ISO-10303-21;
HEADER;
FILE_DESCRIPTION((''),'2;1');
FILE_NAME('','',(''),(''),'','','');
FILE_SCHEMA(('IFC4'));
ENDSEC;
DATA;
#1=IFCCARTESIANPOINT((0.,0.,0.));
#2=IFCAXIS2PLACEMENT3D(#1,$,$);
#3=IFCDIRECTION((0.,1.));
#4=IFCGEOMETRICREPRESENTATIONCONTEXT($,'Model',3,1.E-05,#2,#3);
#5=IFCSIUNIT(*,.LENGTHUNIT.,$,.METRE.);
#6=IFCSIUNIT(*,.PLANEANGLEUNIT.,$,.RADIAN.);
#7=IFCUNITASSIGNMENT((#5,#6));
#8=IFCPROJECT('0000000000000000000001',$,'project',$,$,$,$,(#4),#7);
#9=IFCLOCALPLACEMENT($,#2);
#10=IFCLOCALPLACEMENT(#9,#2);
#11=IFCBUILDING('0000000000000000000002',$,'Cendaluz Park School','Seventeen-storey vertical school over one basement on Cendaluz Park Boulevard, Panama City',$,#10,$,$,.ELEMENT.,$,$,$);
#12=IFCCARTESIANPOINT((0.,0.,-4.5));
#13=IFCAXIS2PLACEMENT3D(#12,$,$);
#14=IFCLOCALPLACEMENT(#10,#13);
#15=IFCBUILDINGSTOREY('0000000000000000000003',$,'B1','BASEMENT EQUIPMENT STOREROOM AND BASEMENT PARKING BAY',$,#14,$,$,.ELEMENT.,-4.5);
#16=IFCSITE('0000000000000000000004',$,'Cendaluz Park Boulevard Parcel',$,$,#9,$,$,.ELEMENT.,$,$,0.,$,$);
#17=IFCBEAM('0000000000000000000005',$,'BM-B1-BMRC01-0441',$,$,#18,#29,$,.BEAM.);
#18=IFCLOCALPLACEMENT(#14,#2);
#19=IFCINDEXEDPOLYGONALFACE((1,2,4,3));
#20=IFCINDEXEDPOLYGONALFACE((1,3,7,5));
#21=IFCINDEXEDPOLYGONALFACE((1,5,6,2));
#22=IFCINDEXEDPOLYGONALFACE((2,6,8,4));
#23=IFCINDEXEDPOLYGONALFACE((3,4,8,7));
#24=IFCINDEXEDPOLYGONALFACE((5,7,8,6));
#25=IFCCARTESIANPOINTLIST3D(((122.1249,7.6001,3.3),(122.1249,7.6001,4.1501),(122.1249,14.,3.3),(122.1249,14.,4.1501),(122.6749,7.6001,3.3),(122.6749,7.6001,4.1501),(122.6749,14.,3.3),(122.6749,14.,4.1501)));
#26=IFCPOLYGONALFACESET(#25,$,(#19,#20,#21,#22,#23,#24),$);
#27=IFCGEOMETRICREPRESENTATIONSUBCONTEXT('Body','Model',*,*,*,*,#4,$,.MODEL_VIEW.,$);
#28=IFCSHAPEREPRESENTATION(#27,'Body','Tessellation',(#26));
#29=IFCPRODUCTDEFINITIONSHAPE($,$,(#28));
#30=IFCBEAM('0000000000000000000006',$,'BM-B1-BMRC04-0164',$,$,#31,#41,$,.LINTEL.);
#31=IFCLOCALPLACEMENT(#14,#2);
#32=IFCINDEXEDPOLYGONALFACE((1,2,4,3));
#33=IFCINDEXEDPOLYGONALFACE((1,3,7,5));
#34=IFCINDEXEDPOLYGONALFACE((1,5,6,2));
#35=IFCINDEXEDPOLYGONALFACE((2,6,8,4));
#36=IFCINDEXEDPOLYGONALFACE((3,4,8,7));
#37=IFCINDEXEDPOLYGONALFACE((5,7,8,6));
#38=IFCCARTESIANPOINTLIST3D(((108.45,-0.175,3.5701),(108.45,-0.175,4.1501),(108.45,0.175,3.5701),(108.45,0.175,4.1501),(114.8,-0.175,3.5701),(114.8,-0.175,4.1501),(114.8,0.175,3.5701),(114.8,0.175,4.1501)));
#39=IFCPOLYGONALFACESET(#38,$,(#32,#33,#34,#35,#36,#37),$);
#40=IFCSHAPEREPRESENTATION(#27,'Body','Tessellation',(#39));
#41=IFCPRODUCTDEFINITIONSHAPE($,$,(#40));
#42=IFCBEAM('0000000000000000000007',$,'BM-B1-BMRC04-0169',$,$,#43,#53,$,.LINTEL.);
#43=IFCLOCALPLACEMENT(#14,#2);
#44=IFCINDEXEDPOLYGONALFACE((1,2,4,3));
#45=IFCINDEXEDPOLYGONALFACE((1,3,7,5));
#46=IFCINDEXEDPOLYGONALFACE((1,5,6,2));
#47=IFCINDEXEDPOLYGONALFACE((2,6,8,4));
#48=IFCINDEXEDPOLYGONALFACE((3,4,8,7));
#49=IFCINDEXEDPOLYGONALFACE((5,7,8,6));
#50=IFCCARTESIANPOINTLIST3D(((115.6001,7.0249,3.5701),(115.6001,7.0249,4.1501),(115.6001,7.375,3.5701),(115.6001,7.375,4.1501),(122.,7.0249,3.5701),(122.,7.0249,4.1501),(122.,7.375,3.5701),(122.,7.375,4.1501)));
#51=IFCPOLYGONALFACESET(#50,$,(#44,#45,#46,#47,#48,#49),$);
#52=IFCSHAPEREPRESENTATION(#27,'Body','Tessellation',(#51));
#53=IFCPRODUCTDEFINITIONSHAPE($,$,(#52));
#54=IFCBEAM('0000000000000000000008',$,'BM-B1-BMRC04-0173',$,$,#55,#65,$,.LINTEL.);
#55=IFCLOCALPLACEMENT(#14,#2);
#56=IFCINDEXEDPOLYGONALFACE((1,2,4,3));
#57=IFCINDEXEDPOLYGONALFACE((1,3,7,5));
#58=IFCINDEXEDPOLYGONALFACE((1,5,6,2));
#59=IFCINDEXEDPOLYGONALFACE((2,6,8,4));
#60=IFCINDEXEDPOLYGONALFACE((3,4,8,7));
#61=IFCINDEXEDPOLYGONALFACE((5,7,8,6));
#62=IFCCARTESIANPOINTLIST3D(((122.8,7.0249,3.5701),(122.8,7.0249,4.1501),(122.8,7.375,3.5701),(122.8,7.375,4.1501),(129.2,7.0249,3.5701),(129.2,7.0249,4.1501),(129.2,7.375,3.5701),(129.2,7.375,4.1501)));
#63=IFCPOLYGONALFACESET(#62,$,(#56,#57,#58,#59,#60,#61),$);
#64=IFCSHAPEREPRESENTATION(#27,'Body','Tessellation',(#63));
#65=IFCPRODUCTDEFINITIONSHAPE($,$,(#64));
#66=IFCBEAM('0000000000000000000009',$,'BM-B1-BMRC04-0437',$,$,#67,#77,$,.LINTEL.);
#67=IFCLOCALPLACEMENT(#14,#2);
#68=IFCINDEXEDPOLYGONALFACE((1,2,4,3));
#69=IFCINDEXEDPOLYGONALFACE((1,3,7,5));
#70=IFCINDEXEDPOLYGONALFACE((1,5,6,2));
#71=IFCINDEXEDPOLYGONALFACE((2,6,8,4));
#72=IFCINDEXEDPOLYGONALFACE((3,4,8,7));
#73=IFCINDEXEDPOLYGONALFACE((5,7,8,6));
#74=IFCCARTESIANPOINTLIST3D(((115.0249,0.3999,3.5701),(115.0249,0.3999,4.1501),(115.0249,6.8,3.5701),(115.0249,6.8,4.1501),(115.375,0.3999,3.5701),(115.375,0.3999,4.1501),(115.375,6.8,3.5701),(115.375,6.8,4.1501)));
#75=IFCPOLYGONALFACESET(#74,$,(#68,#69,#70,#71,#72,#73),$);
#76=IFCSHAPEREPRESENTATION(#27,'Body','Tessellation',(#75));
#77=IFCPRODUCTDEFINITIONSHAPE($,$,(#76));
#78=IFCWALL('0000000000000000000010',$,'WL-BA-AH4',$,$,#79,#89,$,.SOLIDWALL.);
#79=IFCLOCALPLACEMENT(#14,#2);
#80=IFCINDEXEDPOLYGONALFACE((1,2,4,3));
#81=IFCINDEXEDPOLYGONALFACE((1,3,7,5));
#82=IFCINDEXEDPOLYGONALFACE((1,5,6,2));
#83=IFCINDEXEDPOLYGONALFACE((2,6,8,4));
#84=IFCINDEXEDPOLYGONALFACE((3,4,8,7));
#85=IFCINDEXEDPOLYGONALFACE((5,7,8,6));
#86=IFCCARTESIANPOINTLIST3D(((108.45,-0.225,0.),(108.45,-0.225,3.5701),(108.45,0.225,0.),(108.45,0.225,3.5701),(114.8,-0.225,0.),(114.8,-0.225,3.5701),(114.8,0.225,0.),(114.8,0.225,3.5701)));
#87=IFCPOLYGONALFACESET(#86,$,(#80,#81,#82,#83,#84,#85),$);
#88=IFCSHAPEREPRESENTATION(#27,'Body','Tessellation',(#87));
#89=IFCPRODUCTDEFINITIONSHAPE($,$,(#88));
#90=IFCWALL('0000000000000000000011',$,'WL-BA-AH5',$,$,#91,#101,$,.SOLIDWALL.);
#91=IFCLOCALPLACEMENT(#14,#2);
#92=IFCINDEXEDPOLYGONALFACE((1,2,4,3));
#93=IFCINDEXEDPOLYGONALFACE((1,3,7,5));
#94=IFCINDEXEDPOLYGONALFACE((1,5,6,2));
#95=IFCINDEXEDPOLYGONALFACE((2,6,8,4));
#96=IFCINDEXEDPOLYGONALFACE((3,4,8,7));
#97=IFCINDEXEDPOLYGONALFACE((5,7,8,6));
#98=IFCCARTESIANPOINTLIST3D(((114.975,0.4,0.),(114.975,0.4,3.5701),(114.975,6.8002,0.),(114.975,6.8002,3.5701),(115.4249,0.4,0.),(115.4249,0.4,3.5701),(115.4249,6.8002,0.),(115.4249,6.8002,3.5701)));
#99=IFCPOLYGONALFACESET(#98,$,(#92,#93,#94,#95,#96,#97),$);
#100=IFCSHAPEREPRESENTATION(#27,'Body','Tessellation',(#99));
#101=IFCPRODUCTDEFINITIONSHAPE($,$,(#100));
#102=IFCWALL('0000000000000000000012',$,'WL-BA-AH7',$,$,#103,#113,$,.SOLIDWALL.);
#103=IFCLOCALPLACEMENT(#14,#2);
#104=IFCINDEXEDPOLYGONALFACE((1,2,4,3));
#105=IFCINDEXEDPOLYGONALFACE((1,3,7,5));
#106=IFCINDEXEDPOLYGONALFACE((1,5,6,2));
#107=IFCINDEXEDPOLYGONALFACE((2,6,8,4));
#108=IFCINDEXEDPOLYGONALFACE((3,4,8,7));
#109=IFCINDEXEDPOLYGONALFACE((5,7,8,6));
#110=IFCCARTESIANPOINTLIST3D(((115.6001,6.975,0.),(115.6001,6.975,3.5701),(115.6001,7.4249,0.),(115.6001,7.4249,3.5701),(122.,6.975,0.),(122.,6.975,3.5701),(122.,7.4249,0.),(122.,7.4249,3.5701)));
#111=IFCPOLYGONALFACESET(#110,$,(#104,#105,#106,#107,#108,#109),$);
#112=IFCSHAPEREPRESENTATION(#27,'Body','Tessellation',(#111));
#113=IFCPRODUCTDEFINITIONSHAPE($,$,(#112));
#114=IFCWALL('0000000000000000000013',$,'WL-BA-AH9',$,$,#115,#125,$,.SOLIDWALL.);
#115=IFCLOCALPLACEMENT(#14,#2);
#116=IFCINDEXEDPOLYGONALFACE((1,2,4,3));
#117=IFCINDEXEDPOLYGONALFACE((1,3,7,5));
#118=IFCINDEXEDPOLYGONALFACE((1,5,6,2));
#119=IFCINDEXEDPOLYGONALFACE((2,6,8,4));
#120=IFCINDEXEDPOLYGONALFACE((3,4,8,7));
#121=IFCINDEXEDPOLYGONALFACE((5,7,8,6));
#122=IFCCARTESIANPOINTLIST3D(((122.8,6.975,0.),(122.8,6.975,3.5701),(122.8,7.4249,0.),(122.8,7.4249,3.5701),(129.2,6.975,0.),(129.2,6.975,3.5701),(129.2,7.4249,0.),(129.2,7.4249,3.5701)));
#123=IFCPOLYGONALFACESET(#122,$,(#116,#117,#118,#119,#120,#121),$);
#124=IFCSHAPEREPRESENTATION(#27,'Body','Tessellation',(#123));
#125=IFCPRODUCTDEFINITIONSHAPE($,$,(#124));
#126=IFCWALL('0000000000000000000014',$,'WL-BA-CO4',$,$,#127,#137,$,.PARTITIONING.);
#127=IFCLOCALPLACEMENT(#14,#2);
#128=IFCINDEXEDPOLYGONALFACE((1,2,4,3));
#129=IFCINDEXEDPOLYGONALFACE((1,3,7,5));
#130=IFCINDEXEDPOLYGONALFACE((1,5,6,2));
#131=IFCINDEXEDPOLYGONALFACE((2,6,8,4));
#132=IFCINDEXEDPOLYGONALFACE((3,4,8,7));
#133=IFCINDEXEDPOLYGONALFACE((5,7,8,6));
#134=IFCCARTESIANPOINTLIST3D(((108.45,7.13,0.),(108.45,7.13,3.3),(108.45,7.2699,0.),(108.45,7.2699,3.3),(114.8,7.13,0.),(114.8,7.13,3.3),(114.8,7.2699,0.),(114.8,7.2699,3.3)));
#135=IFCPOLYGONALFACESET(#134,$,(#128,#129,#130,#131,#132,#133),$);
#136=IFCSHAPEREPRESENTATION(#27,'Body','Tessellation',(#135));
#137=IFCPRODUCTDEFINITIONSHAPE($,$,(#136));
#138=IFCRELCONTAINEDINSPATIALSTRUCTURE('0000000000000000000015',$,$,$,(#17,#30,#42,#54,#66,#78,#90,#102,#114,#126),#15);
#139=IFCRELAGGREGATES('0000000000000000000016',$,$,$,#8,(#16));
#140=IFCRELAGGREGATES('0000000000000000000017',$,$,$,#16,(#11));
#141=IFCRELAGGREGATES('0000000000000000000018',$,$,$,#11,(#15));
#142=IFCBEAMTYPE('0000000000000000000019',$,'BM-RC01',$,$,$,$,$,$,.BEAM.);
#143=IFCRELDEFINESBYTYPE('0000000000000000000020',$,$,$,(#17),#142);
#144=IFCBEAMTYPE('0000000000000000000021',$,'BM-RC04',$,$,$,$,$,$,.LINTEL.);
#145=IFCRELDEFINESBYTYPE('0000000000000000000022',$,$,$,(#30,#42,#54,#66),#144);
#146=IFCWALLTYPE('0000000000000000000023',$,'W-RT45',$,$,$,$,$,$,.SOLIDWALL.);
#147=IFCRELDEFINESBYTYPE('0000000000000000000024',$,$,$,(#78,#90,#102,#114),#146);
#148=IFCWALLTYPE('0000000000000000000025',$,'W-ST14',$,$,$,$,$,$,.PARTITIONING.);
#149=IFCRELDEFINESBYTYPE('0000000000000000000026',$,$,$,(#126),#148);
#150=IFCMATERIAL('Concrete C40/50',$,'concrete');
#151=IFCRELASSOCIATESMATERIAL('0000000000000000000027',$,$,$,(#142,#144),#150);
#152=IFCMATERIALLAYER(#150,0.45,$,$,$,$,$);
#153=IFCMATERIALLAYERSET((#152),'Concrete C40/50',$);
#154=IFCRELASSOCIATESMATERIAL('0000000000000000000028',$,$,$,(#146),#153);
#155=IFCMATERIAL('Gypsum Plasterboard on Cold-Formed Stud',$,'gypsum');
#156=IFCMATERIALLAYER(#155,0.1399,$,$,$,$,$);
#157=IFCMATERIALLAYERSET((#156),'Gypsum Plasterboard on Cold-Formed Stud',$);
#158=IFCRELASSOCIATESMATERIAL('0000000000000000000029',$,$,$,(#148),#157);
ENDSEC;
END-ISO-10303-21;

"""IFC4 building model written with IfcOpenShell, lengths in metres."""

from ifc_helpers import new_model, si_unit, direction, frame, frame_2d, origin, origin_2d, place, context, subcontext, project, spatial, rectangle, extrude, material, layer, layer_set, material_profile, profile_set, type_object, element, save


model = new_model("IFC4")

# Units and contexts
model_context = context("Model", 3, precision=1e-05, world=origin(), true_north=direction((0.0, 1.0)))
body_context = subcontext(model_context, "Body", "Model", "MODEL_VIEW")
ifc_project = project(units=[si_unit("LENGTHUNIT", "METRE"), si_unit("PLANEANGLEUNIT", "RADIAN")], contexts=[model_context])

# Site, building, storey
site_placement = place(None, origin())
site = spatial("IfcSite", under=ifc_project, at=site_placement, Name="Cendaluz Park Boulevard Parcel", CompositionType="ELEMENT", RefElevation=0.0)
building_placement = place(site_placement, origin())
building = spatial("IfcBuilding", under=site, at=building_placement, Name="Cendaluz Park School", Description="Seventeen-storey vertical school over one basement on Cendaluz Park Boulevard, Panama City", CompositionType="ELEMENT")
storey_placement = place(building_placement, frame((0.0, 0.0, -4.5)))
storey = spatial("IfcBuildingStorey", under=building, at=storey_placement, Name="B1", Description="BASEMENT EQUIPMENT STOREROOM AND BASEMENT PARKING BAY", CompositionType="ELEMENT", Elevation=-4.5)

# Shared definitions
ifc_material_1 = material(Name="Concrete C40/50", Category="concrete")

# Beams
ifc_material_profile_1 = material_profile(ifc_material_1, rectangle(XDim=0.55, YDim=0.8501, at=origin_2d()), Name="RC 550x850", Category="concrete")
ifc_profile_set_1 = profile_set([ifc_material_profile_1], Name="Concrete C40/50")
beam_type_1 = type_object("IfcBeamType", Name="BM-RC01", PredefinedType="BEAM", material=ifc_profile_set_1)
for number, where, z_axis, x_axis, name in (
    (1, (122.3999, 7.6001, 3.7251), (0.0, 1.0, 0.0), (-1.0, 0.0, 0.0), "BM-B1-BMRC01-0441"),
):
    element("IfcBeam", number, at=place(storey_placement, frame(where, z_axis=z_axis, x_axis=x_axis)), inside=storey, type_object=beam_type_1, Name=name, PredefinedType="BEAM", context=body_context, shape_type="SweptSolid", body=[
        extrude(rectangle(XDim=0.55, YDim=0.8501, at=origin_2d()), origin(), (0.0, 0.0, 1.0), 6.3999),
    ])
ifc_material_profile_2 = material_profile(ifc_material_1, rectangle(XDim=0.3501, YDim=0.5801, at=origin_2d()), Name="RC 350x580", Category="concrete")
ifc_profile_set_2 = profile_set([ifc_material_profile_2], Name="Concrete C40/50")
beam_type_2 = type_object("IfcBeamType", Name="BM-RC04", PredefinedType="LINTEL", material=ifc_profile_set_2)
beam_1_placement = place(storey_placement, frame((108.45, 0.0, 3.8601), z_axis=(1.0, 0.0, 0.0), x_axis=(0.0, 1.0, 0.0)))
element("IfcBeam", 2, at=beam_1_placement, inside=storey, type_object=beam_type_2, Name="BM-B1-BMRC04-0164", PredefinedType="LINTEL", context=body_context, shape_type="SweptSolid", body=[
    extrude(rectangle(XDim=0.3501, YDim=0.5801, at=origin_2d()), origin(), (0.0, 0.0, 1.0), 6.3501),
])
for number, where, z_axis, x_axis, name in (
    (3, (115.6001, 7.2, 3.8601), (1.0, 0.0, 0.0), (0.0, 1.0, 0.0), "BM-B1-BMRC04-0169"),
    (4, (122.8, 7.2, 3.8601), (1.0, 0.0, 0.0), (0.0, 1.0, 0.0), "BM-B1-BMRC04-0173"),
):
    element("IfcBeam", number, at=place(storey_placement, frame(where, z_axis=z_axis, x_axis=x_axis)), inside=storey, type_object=beam_type_2, Name=name, PredefinedType="LINTEL", context=body_context, shape_type="SweptSolid", body=[
        extrude(rectangle(XDim=0.3501, YDim=0.5801, at=origin_2d()), origin(), (0.0, 0.0, 1.0), 6.3999),
    ])
beam_2_placement = place(storey_placement, frame((115.2, 0.3999, 3.8601), z_axis=(0.0, 1.0, 0.0), x_axis=(-1.0, 0.0, 0.0)))
element("IfcBeam", 5, at=beam_2_placement, inside=storey, type_object=beam_type_2, Name="BM-B1-BMRC04-0437", PredefinedType="LINTEL", context=body_context, shape_type="SweptSolid", body=[
    extrude(rectangle(XDim=0.3501, YDim=0.5801, at=origin_2d()), origin(), (0.0, 0.0, 1.0), 6.4001),
])

# Walls
ifc_layer_1 = layer(ifc_material_1, 0.45)
ifc_layer_set_1 = layer_set([ifc_layer_1], Name="Concrete C40/50")
wall_type_1 = type_object("IfcWallType", Name="W-RT45", PredefinedType="SOLIDWALL", material=ifc_layer_set_1)
wall_1_placement = place(storey_placement, frame((108.45, 0.0, 0.0), z_axis=(0.0, 0.0, 1.0), x_axis=(1.0, 0.0, 0.0)))
element("IfcWall", 6, at=wall_1_placement, inside=storey, type_object=wall_type_1, Name="WL-BA-AH4", PredefinedType="SOLIDWALL", context=body_context, shape_type="SweptSolid", body=[
    extrude(rectangle(XDim=6.3501, YDim=0.45, at=frame_2d((3.175, 0.0))), origin(), (0.0, 0.0, 1.0), 3.5701),
])
wall_2_placement = place(storey_placement, frame((115.2, 0.3999, 0.0), z_axis=(0.0, 0.0, 1.0), x_axis=(0.0, 1.0, 0.0)))
element("IfcWall", 7, at=wall_2_placement, inside=storey, type_object=wall_type_1, Name="WL-BA-AH5", PredefinedType="SOLIDWALL", context=body_context, shape_type="SweptSolid", body=[
    extrude(rectangle(XDim=6.4001, YDim=0.45, at=frame_2d((3.2002, 0.0))), origin(), (0.0, 0.0, 1.0), 3.5701),
])
for number, where, z_axis, x_axis, name in (
    (8, (115.6001, 7.2, 0.0), (0.0, 0.0, 1.0), (1.0, 0.0, 0.0), "WL-BA-AH7"),
    (9, (122.8, 7.2, 0.0), (0.0, 0.0, 1.0), (1.0, 0.0, 0.0), "WL-BA-AH9"),
):
    element("IfcWall", number, at=place(storey_placement, frame(where, z_axis=z_axis, x_axis=x_axis)), inside=storey, type_object=wall_type_1, Name=name, PredefinedType="SOLIDWALL", context=body_context, shape_type="SweptSolid", body=[
        extrude(rectangle(XDim=6.3999, YDim=0.45, at=frame_2d((3.2, 0.0))), origin(), (0.0, 0.0, 1.0), 3.5701),
    ])
ifc_material_2 = material(Name="Gypsum Plasterboard on Cold-Formed Stud", Category="gypsum")
ifc_layer_2 = layer(ifc_material_2, 0.1399)
ifc_layer_set_2 = layer_set([ifc_layer_2], Name="Gypsum Plasterboard on Cold-Formed Stud")
wall_type_2 = type_object("IfcWallType", Name="W-ST14", PredefinedType="PARTITIONING", material=ifc_layer_set_2)
wall_3_placement = place(storey_placement, frame((108.45, 7.2, 0.0), z_axis=(0.0, 0.0, 1.0), x_axis=(1.0, 0.0, 0.0)))
element("IfcWall", 10, at=wall_3_placement, inside=storey, type_object=wall_type_2, Name="WL-BA-CO4", PredefinedType="PARTITIONING", context=body_context, shape_type="SweptSolid", body=[
    extrude(rectangle(XDim=6.3501, YDim=0.1399, at=frame_2d((3.175, 0.0))), origin(), (0.0, 0.0, 1.0), 3.3),
])

save(model, "model.ifc")
